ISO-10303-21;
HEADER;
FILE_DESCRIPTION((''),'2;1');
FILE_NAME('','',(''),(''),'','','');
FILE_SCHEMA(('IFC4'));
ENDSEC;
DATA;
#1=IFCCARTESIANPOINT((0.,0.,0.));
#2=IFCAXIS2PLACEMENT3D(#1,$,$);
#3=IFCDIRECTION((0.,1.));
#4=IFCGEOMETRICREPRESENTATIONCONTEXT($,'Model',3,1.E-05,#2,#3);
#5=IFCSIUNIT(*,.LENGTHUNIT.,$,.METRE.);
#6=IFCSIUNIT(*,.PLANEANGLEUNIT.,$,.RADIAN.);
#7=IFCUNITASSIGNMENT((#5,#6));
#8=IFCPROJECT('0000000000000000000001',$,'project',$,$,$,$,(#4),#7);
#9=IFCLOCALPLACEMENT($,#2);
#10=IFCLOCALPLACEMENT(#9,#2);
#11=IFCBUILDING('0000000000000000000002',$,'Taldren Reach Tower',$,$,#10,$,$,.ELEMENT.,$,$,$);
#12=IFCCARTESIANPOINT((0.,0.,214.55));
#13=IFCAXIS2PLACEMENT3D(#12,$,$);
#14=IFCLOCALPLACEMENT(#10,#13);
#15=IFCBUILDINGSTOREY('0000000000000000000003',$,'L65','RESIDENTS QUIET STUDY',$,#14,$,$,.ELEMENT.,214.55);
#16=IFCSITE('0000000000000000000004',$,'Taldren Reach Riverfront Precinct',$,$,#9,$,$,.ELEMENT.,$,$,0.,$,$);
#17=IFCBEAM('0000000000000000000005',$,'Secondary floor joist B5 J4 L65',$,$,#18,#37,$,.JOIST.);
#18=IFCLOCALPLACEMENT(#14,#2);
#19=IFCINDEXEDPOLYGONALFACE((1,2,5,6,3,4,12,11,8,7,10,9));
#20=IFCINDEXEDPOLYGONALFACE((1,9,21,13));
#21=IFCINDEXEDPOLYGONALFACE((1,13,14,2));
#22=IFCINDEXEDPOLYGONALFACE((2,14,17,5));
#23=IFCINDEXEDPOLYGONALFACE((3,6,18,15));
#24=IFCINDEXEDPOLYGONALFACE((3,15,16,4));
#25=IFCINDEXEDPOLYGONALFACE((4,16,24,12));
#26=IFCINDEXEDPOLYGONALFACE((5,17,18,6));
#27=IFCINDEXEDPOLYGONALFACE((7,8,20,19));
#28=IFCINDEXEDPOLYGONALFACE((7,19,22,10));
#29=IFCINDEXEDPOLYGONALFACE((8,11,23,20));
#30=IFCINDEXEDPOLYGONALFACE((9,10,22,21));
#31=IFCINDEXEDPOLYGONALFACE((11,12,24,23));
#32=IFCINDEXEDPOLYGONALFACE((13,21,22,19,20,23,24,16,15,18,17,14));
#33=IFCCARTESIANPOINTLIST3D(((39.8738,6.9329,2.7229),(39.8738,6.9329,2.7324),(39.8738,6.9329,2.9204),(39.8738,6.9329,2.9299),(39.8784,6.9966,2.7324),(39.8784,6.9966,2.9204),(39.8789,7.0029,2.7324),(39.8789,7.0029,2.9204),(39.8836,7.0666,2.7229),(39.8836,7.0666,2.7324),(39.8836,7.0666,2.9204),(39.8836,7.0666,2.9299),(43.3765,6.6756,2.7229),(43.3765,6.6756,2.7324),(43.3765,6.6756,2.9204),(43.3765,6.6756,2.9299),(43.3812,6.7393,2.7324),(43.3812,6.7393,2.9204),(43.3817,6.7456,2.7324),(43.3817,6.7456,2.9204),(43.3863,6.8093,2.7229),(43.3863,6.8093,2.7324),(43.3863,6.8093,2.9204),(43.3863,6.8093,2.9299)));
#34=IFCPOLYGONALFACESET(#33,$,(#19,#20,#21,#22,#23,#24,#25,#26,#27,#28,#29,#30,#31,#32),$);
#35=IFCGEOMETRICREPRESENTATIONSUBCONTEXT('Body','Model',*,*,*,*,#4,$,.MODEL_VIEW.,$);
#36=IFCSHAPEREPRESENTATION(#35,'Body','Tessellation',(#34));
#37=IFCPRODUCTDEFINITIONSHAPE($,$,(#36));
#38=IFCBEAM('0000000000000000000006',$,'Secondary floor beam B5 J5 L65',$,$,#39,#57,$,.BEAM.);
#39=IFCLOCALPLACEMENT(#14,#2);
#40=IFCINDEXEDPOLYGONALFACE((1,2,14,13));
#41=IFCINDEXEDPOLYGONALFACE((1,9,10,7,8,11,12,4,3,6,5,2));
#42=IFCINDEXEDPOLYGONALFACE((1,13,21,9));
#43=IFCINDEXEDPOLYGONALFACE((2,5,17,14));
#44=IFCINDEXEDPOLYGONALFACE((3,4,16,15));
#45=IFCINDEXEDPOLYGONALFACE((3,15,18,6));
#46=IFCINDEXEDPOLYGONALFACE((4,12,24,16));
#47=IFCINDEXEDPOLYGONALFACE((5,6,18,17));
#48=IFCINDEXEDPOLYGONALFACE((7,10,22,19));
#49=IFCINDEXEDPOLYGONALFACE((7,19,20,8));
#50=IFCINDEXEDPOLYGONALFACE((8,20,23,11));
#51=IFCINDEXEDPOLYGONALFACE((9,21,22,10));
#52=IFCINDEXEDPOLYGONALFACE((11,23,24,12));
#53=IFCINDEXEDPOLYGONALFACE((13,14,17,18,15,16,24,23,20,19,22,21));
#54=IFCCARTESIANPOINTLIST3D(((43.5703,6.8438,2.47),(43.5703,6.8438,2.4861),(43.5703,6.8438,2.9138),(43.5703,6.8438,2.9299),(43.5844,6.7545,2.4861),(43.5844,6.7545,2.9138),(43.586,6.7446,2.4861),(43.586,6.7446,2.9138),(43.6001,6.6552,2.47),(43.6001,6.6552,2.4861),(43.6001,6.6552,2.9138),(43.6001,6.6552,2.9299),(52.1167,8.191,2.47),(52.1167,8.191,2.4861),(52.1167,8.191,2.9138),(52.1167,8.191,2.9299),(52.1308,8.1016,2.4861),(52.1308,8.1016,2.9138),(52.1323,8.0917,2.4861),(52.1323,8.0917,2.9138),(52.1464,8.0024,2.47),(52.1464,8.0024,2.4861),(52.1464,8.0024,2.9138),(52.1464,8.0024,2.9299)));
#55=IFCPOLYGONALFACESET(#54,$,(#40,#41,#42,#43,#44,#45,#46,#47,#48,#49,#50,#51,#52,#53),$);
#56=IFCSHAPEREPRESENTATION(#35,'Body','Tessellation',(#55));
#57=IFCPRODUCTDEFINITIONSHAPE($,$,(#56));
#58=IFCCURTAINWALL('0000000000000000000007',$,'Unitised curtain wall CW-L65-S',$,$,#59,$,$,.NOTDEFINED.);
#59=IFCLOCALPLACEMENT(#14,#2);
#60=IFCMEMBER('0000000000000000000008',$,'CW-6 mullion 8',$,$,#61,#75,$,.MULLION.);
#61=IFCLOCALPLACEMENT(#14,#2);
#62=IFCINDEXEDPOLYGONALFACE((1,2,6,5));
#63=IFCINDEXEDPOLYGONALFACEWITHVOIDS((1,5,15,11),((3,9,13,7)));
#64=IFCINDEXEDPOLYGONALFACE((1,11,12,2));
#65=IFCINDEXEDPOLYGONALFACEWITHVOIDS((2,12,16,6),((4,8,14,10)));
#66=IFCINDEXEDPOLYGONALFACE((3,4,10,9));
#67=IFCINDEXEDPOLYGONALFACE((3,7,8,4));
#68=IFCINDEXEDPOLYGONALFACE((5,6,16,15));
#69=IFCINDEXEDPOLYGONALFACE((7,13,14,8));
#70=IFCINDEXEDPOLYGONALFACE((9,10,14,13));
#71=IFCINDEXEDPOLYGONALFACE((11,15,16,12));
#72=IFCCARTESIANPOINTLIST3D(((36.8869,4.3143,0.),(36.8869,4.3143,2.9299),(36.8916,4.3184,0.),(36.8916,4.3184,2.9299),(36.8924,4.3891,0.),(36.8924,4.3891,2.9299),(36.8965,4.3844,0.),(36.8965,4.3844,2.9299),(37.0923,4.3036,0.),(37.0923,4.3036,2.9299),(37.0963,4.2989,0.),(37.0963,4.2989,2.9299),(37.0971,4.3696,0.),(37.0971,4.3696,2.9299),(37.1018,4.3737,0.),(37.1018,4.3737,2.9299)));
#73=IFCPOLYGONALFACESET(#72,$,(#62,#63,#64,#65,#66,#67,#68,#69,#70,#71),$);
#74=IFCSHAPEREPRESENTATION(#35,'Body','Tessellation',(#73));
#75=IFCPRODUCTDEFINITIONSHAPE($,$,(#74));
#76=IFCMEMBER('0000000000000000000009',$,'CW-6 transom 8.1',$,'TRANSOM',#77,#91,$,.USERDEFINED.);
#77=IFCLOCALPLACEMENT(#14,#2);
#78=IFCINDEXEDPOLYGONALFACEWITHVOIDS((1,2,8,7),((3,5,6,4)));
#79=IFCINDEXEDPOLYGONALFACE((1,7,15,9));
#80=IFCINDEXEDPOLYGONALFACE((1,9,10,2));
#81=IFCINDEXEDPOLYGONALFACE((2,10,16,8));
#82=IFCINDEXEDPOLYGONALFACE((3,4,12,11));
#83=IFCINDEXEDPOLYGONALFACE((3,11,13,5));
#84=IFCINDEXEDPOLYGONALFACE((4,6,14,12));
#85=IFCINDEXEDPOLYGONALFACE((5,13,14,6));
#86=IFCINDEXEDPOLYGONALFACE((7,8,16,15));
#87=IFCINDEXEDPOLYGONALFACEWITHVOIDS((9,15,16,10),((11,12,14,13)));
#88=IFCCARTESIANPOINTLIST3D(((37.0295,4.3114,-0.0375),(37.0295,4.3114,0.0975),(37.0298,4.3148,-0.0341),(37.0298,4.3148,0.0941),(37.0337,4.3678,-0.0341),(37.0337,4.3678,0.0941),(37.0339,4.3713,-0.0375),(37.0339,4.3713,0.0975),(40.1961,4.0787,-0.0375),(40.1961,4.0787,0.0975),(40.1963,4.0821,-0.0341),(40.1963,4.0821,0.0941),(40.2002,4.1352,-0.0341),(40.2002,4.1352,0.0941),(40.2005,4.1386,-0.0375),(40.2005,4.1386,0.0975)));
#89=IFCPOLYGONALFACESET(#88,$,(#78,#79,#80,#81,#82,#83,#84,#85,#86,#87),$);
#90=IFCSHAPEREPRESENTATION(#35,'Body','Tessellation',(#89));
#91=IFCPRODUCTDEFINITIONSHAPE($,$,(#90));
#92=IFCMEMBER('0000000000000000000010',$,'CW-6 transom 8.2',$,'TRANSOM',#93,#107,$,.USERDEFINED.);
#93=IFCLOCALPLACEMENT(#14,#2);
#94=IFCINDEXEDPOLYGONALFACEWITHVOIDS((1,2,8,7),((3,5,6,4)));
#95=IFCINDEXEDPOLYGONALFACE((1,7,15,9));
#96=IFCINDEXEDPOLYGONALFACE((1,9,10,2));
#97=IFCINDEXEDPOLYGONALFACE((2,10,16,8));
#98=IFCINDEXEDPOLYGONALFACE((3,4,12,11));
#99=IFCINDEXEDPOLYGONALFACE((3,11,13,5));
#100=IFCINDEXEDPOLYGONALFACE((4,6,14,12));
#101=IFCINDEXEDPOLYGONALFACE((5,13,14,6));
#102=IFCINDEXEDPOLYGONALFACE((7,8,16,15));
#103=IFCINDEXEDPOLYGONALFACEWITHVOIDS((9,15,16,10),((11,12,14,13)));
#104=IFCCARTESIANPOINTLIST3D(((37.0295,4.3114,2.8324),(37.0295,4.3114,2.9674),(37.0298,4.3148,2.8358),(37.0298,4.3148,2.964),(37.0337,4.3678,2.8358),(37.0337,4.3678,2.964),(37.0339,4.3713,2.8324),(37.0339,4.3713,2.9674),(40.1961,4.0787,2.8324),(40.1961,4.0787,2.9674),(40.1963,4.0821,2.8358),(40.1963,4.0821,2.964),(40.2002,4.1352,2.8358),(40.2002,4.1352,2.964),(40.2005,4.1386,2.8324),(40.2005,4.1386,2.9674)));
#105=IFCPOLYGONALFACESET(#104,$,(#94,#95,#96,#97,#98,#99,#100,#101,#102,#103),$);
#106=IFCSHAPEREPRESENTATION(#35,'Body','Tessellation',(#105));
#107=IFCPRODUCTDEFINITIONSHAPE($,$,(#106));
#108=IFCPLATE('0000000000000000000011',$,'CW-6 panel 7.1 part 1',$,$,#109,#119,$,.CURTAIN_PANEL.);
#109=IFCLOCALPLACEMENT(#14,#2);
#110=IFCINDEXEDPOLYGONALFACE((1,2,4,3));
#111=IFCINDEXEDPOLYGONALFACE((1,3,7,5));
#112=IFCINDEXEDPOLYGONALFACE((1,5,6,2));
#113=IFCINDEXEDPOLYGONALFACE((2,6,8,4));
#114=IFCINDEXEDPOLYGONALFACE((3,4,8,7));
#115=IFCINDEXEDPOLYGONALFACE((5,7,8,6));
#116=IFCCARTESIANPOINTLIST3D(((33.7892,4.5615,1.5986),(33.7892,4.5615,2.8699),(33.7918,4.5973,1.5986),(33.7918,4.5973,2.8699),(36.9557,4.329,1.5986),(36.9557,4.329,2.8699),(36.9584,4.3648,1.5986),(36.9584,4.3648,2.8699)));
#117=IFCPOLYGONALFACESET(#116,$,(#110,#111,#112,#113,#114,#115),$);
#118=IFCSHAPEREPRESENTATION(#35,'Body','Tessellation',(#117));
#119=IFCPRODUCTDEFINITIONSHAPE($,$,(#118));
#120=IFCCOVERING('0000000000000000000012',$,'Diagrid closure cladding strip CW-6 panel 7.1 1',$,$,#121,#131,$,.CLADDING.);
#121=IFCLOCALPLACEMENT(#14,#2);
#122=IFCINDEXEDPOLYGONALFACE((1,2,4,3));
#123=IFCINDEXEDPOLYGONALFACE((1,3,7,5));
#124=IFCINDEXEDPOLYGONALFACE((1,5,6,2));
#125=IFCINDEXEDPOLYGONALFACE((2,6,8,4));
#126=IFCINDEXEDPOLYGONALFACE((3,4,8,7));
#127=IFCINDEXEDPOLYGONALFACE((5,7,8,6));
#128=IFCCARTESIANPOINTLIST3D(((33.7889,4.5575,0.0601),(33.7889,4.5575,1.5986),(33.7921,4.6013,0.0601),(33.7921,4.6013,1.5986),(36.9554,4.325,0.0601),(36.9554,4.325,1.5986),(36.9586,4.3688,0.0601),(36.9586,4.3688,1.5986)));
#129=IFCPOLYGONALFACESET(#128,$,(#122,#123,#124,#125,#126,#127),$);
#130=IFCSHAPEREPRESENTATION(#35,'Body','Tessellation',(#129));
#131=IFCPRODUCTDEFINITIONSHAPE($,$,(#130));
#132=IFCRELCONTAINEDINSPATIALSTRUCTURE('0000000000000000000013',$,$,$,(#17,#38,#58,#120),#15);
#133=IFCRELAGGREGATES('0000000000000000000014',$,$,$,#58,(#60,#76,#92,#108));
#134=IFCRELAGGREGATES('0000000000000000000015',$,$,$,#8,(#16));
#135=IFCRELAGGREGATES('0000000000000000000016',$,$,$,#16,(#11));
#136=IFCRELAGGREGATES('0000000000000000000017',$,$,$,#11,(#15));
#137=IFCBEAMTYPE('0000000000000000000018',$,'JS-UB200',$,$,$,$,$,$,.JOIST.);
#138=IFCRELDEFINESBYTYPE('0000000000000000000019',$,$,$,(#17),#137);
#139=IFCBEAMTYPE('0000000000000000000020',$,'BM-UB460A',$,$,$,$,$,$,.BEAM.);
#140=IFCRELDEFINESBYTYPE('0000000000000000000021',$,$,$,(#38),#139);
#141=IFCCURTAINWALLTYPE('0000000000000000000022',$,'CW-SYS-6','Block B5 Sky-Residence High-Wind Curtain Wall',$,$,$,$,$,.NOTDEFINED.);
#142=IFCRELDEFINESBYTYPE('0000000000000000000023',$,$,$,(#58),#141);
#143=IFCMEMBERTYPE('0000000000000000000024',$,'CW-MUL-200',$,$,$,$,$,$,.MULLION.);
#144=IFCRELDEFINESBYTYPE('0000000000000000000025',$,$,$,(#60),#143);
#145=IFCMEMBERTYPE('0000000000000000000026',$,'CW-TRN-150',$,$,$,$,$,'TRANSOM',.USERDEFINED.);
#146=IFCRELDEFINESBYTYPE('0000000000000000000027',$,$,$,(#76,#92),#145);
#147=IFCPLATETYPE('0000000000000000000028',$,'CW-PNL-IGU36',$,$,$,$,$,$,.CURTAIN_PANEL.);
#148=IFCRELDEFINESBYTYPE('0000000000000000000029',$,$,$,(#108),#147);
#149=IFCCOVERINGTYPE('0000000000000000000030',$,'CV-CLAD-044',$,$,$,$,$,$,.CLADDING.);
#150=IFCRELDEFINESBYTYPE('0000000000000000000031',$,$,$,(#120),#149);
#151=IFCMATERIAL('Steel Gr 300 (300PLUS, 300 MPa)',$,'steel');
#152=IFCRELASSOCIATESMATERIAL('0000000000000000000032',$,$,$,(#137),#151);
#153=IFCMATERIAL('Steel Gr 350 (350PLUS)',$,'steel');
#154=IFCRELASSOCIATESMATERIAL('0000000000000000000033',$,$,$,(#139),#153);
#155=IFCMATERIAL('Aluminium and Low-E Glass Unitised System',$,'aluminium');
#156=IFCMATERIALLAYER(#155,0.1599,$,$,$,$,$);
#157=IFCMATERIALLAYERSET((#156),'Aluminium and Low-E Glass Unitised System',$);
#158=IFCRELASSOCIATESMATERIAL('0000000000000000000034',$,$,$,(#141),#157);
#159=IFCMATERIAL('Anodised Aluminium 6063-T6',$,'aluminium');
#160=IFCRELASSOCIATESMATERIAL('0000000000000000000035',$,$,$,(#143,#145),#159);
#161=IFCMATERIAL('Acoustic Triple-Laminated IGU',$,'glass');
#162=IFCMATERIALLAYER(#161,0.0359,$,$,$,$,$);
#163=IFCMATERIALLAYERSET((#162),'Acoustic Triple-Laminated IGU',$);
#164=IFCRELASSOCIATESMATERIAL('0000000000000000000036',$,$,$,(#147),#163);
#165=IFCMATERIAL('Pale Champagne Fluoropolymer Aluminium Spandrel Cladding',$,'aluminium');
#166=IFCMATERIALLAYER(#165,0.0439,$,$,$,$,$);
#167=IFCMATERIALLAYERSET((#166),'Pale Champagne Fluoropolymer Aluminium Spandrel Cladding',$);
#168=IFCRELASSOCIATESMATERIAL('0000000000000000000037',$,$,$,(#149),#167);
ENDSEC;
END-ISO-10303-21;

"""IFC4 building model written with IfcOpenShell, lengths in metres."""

from ifc_helpers import new_model, si_unit, direction, frame, origin, origin_2d, place, context, subcontext, project, spatial, rectangle, hollow_rectangle, i_section, extrude, source, transform, mapped, material, layer, layer_set, material_profile, profile_set, type_object, element, aggregate, save


model = new_model("IFC4")

# Units and contexts
model_context = context("Model", 3, precision=1e-05, world=origin(), true_north=direction((0.0, 1.0)))
body_context = subcontext(model_context, "Body", "Model", "MODEL_VIEW")
ifc_project = project(units=[si_unit("LENGTHUNIT", "METRE"), si_unit("PLANEANGLEUNIT", "RADIAN")], contexts=[model_context])

# Site, building, storey
site_placement = place(None, origin())
site = spatial("IfcSite", under=ifc_project, at=site_placement, Name="Taldren Reach Riverfront Precinct", CompositionType="ELEMENT", RefElevation=0.0)
building_placement = place(site_placement, origin())
building = spatial("IfcBuilding", under=site, at=building_placement, Name="Taldren Reach Tower", CompositionType="ELEMENT")
storey_placement = place(building_placement, frame((0.0, 0.0, 214.55)))
storey = spatial("IfcBuildingStorey", under=building, at=storey_placement, Name="L65", Description="RESIDENTS QUIET STUDY", CompositionType="ELEMENT", Elevation=214.55)

# Shared definitions
ifc_material_1 = material(Name="Steel Gr 350 (350PLUS)", Category="steel")

# Beams
ifc_material_2 = material(Name="Steel Gr 300 (300PLUS, 300 MPa)", Category="steel")
ifc_material_profile_1 = material_profile(ifc_material_2, i_section(OverallWidth=0.134, OverallDepth=0.207, WebThickness=0.0063, FlangeThickness=0.0095, at=origin_2d()), Name="200UB29.8")
ifc_profile_set_1 = profile_set([ifc_material_profile_1], Name="Steel Gr 300 (300PLUS, 300 MPa)")
beam_type_1 = type_object("IfcBeamType", Name="JS-UB200", PredefinedType="JOIST", material=ifc_profile_set_1)
shared_shape_1 = source(origin(), body_context, "Body", "SweptSolid", [
    extrude(i_section(OverallWidth=0.134, OverallDepth=0.207, WebThickness=0.0063, FlangeThickness=0.0095, at=origin_2d()), origin(), (0.0, 0.0, 1.0), 3.5122),
])
beam_1_placement = place(storey_placement, frame((39.8787, 6.9998, 2.8264), z_axis=(0.997312, -0.073267, 0.0), x_axis=(0.073267, 0.997312, 0.0)))
element("IfcBeam", 1, at=beam_1_placement, inside=storey, type_object=beam_type_1, Name="Secondary floor joist B5 J4 L65", PredefinedType="JOIST", context=body_context, shape_type="MappedRepresentation", body=[
    mapped(shared_shape_1, transform((0.0, 0.0, 0.0), scale=1.0)),
])
ifc_material_profile_2 = material_profile(ifc_material_1, i_section(OverallWidth=0.1909, OverallDepth=0.46, WebThickness=0.01, FlangeThickness=0.0161, at=origin_2d()), Name="460UB82.1")
ifc_profile_set_2 = profile_set([ifc_material_profile_2], Name="Steel Gr 350 (350PLUS)")
beam_type_2 = type_object("IfcBeamType", Name="BM-UB460A", PredefinedType="BEAM", material=ifc_profile_set_2)
shared_shape_2 = source(origin(), body_context, "Body", "SweptSolid", [
    extrude(i_section(OverallWidth=0.1909, OverallDepth=0.46, WebThickness=0.01, FlangeThickness=0.0161, at=origin_2d()), origin(), (0.0, 0.0, 1.0), 8.6519),
])
beam_2_placement = place(storey_placement, frame((43.5852, 6.7495, 2.7), z_axis=(0.987803, 0.155708, 0.0), x_axis=(-0.155708, 0.987803, 0.0)))
element("IfcBeam", 2, at=beam_2_placement, inside=storey, type_object=beam_type_2, Name="Secondary floor beam B5 J5 L65", PredefinedType="BEAM", context=body_context, shape_type="MappedRepresentation", body=[
    mapped(shared_shape_2, transform((0.0, 0.0, 0.0), scale=1.0)),
])

# Curtain wall, members, plate
ifc_material_3 = material(Name="Aluminium and Low-E Glass Unitised System", Category="aluminium")
ifc_layer_1 = layer(ifc_material_3, 0.1599)
ifc_layer_set_1 = layer_set([ifc_layer_1], Name="Aluminium and Low-E Glass Unitised System")
curtain_wall_type = type_object("IfcCurtainWallType", Name="CW-SYS-6", Description="Block B5 Sky-Residence High-Wind Curtain Wall", PredefinedType="NOTDEFINED", material=ifc_layer_set_1)
curtain_wall_placement = place(storey_placement, origin())
curtain_wall = element("IfcCurtainWall", 3, at=curtain_wall_placement, inside=storey, type_object=curtain_wall_type, Name="Unitised curtain wall CW-L65-S", PredefinedType="NOTDEFINED")
ifc_material_4 = material(Name="Anodised Aluminium 6063-T6", Category="aluminium")
ifc_material_profile_3 = material_profile(ifc_material_4, hollow_rectangle(XDim=0.075, YDim=0.21, WallThickness=0.0044, at=origin_2d()), Name="ALU-210x75x4.5RHS")
ifc_profile_set_3 = profile_set([ifc_material_profile_3], Name="Anodised Aluminium 6063-T6")
member_type_1 = type_object("IfcMemberType", Name="CW-MUL-200", PredefinedType="MULLION", material=ifc_profile_set_3)
shared_shape_3 = source(origin(), body_context, "Body", "SweptSolid", [
    extrude(hollow_rectangle(XDim=0.075, YDim=0.21, WallThickness=0.0044, at=origin_2d()), origin(), (0.0, 0.0, 1.0), 2.9299),
])
member_1_placement = place(storey_placement, frame((36.9944, 4.344, 0.0), z_axis=(0.0, 0.0, 1.0), x_axis=(0.073238, 0.997314, 0.0)))
member_1 = element("IfcMember", 4, at=member_1_placement, type_object=member_type_1, Name="CW-6 mullion 8", PredefinedType="MULLION", context=body_context, shape_type="MappedRepresentation", body=[
    mapped(shared_shape_3, transform((0.0, 0.0, 0.0), scale=1.0)),
])
ifc_material_profile_4 = material_profile(ifc_material_4, hollow_rectangle(XDim=0.0601, YDim=0.135, WallThickness=0.0034, at=origin_2d()), Name="ALU-135x60x3.5RHS")
ifc_profile_set_4 = profile_set([ifc_material_profile_4], Name="Anodised Aluminium 6063-T6")
member_type_2 = type_object("IfcMemberType", Name="CW-TRN-150", ElementType="TRANSOM", PredefinedType="USERDEFINED", material=ifc_profile_set_4)
shared_shape_4 = source(origin(), body_context, "Body", "SweptSolid", [
    extrude(hollow_rectangle(XDim=0.0601, YDim=0.135, WallThickness=0.0034, at=origin_2d()), origin(), (0.0, 0.0, 1.0), 3.175),
])
member_2_placement = place(storey_placement, frame((37.0317, 4.3413, 0.03), z_axis=(0.997311, -0.07328, 0.0), x_axis=(0.07328, 0.997311, 0.0)))
member_2 = element("IfcMember", 5, at=member_2_placement, type_object=member_type_2, Name="CW-6 transom 8.1", ObjectType="TRANSOM", PredefinedType="USERDEFINED", context=body_context, shape_type="MappedRepresentation", body=[
    mapped(shared_shape_4, transform((0.0, 0.0, 0.0), scale=1.0)),
])
member_3_placement = place(storey_placement, frame((37.0317, 4.3413, 2.8999), z_axis=(0.997311, -0.07328, 0.0), x_axis=(0.07328, 0.997311, 0.0)))
member_3 = element("IfcMember", 6, at=member_3_placement, type_object=member_type_2, Name="CW-6 transom 8.2", ObjectType="TRANSOM", PredefinedType="USERDEFINED", context=body_context, shape_type="MappedRepresentation", body=[
    mapped(shared_shape_4, transform((0.0, 0.0, 0.0), scale=1.0)),
])
ifc_material_5 = material(Name="Acoustic Triple-Laminated IGU", Category="glass")
ifc_layer_2 = layer(ifc_material_5, 0.0359)
ifc_layer_set_2 = layer_set([ifc_layer_2], Name="Acoustic Triple-Laminated IGU")
plate_type = type_object("IfcPlateType", Name="CW-PNL-IGU36", PredefinedType="CURTAIN_PANEL", material=ifc_layer_set_2)
shared_shape_5 = source(origin(), body_context, "Body", "SweptSolid", [
    extrude(rectangle(XDim=3.175, YDim=0.0359, at=origin_2d()), origin(), (0.0, 0.0, 1.0), 1.2712),
])
plate_placement = place(storey_placement, frame((35.3738, 4.4631, 1.5986), z_axis=(0.0, 0.0, 1.0), x_axis=(0.997314, -0.073238, 0.0)))
plate = element("IfcPlate", 7, at=plate_placement, type_object=plate_type, Name="CW-6 panel 7.1 part 1", PredefinedType="CURTAIN_PANEL", context=body_context, shape_type="MappedRepresentation", body=[
    mapped(shared_shape_5, transform((0.0, 0.0, 0.0), scale=1.0)),
])
aggregate(curtain_wall, [member_1, member_2, member_3, plate])

# Covering
ifc_material_6 = material(Name="Pale Champagne Fluoropolymer Aluminium Spandrel Cladding", Category="aluminium")
ifc_layer_3 = layer(ifc_material_6, 0.0439)
ifc_layer_set_3 = layer_set([ifc_layer_3], Name="Pale Champagne Fluoropolymer Aluminium Spandrel Cladding")
covering_type = type_object("IfcCoveringType", Name="CV-CLAD-044", PredefinedType="CLADDING", material=ifc_layer_set_3)
shared_shape_6 = source(origin(), body_context, "Body", "SweptSolid", [
    extrude(rectangle(XDim=3.175, YDim=0.0439, at=origin_2d()), origin(), (0.0, 0.0, 1.0), 1.5386),
])
covering_placement = place(storey_placement, frame((35.3738, 4.4631, 0.0601), z_axis=(0.0, 0.0, 1.0), x_axis=(0.997314, -0.073238, 0.0)))
element("IfcCovering", 8, at=covering_placement, inside=storey, type_object=covering_type, Name="Diagrid closure cladding strip CW-6 panel 7.1 1", PredefinedType="CLADDING", context=body_context, shape_type="MappedRepresentation", body=[
    mapped(shared_shape_6, transform((0.0, 0.0, 0.0), scale=1.0)),
])

save(model, "model.ifc")
